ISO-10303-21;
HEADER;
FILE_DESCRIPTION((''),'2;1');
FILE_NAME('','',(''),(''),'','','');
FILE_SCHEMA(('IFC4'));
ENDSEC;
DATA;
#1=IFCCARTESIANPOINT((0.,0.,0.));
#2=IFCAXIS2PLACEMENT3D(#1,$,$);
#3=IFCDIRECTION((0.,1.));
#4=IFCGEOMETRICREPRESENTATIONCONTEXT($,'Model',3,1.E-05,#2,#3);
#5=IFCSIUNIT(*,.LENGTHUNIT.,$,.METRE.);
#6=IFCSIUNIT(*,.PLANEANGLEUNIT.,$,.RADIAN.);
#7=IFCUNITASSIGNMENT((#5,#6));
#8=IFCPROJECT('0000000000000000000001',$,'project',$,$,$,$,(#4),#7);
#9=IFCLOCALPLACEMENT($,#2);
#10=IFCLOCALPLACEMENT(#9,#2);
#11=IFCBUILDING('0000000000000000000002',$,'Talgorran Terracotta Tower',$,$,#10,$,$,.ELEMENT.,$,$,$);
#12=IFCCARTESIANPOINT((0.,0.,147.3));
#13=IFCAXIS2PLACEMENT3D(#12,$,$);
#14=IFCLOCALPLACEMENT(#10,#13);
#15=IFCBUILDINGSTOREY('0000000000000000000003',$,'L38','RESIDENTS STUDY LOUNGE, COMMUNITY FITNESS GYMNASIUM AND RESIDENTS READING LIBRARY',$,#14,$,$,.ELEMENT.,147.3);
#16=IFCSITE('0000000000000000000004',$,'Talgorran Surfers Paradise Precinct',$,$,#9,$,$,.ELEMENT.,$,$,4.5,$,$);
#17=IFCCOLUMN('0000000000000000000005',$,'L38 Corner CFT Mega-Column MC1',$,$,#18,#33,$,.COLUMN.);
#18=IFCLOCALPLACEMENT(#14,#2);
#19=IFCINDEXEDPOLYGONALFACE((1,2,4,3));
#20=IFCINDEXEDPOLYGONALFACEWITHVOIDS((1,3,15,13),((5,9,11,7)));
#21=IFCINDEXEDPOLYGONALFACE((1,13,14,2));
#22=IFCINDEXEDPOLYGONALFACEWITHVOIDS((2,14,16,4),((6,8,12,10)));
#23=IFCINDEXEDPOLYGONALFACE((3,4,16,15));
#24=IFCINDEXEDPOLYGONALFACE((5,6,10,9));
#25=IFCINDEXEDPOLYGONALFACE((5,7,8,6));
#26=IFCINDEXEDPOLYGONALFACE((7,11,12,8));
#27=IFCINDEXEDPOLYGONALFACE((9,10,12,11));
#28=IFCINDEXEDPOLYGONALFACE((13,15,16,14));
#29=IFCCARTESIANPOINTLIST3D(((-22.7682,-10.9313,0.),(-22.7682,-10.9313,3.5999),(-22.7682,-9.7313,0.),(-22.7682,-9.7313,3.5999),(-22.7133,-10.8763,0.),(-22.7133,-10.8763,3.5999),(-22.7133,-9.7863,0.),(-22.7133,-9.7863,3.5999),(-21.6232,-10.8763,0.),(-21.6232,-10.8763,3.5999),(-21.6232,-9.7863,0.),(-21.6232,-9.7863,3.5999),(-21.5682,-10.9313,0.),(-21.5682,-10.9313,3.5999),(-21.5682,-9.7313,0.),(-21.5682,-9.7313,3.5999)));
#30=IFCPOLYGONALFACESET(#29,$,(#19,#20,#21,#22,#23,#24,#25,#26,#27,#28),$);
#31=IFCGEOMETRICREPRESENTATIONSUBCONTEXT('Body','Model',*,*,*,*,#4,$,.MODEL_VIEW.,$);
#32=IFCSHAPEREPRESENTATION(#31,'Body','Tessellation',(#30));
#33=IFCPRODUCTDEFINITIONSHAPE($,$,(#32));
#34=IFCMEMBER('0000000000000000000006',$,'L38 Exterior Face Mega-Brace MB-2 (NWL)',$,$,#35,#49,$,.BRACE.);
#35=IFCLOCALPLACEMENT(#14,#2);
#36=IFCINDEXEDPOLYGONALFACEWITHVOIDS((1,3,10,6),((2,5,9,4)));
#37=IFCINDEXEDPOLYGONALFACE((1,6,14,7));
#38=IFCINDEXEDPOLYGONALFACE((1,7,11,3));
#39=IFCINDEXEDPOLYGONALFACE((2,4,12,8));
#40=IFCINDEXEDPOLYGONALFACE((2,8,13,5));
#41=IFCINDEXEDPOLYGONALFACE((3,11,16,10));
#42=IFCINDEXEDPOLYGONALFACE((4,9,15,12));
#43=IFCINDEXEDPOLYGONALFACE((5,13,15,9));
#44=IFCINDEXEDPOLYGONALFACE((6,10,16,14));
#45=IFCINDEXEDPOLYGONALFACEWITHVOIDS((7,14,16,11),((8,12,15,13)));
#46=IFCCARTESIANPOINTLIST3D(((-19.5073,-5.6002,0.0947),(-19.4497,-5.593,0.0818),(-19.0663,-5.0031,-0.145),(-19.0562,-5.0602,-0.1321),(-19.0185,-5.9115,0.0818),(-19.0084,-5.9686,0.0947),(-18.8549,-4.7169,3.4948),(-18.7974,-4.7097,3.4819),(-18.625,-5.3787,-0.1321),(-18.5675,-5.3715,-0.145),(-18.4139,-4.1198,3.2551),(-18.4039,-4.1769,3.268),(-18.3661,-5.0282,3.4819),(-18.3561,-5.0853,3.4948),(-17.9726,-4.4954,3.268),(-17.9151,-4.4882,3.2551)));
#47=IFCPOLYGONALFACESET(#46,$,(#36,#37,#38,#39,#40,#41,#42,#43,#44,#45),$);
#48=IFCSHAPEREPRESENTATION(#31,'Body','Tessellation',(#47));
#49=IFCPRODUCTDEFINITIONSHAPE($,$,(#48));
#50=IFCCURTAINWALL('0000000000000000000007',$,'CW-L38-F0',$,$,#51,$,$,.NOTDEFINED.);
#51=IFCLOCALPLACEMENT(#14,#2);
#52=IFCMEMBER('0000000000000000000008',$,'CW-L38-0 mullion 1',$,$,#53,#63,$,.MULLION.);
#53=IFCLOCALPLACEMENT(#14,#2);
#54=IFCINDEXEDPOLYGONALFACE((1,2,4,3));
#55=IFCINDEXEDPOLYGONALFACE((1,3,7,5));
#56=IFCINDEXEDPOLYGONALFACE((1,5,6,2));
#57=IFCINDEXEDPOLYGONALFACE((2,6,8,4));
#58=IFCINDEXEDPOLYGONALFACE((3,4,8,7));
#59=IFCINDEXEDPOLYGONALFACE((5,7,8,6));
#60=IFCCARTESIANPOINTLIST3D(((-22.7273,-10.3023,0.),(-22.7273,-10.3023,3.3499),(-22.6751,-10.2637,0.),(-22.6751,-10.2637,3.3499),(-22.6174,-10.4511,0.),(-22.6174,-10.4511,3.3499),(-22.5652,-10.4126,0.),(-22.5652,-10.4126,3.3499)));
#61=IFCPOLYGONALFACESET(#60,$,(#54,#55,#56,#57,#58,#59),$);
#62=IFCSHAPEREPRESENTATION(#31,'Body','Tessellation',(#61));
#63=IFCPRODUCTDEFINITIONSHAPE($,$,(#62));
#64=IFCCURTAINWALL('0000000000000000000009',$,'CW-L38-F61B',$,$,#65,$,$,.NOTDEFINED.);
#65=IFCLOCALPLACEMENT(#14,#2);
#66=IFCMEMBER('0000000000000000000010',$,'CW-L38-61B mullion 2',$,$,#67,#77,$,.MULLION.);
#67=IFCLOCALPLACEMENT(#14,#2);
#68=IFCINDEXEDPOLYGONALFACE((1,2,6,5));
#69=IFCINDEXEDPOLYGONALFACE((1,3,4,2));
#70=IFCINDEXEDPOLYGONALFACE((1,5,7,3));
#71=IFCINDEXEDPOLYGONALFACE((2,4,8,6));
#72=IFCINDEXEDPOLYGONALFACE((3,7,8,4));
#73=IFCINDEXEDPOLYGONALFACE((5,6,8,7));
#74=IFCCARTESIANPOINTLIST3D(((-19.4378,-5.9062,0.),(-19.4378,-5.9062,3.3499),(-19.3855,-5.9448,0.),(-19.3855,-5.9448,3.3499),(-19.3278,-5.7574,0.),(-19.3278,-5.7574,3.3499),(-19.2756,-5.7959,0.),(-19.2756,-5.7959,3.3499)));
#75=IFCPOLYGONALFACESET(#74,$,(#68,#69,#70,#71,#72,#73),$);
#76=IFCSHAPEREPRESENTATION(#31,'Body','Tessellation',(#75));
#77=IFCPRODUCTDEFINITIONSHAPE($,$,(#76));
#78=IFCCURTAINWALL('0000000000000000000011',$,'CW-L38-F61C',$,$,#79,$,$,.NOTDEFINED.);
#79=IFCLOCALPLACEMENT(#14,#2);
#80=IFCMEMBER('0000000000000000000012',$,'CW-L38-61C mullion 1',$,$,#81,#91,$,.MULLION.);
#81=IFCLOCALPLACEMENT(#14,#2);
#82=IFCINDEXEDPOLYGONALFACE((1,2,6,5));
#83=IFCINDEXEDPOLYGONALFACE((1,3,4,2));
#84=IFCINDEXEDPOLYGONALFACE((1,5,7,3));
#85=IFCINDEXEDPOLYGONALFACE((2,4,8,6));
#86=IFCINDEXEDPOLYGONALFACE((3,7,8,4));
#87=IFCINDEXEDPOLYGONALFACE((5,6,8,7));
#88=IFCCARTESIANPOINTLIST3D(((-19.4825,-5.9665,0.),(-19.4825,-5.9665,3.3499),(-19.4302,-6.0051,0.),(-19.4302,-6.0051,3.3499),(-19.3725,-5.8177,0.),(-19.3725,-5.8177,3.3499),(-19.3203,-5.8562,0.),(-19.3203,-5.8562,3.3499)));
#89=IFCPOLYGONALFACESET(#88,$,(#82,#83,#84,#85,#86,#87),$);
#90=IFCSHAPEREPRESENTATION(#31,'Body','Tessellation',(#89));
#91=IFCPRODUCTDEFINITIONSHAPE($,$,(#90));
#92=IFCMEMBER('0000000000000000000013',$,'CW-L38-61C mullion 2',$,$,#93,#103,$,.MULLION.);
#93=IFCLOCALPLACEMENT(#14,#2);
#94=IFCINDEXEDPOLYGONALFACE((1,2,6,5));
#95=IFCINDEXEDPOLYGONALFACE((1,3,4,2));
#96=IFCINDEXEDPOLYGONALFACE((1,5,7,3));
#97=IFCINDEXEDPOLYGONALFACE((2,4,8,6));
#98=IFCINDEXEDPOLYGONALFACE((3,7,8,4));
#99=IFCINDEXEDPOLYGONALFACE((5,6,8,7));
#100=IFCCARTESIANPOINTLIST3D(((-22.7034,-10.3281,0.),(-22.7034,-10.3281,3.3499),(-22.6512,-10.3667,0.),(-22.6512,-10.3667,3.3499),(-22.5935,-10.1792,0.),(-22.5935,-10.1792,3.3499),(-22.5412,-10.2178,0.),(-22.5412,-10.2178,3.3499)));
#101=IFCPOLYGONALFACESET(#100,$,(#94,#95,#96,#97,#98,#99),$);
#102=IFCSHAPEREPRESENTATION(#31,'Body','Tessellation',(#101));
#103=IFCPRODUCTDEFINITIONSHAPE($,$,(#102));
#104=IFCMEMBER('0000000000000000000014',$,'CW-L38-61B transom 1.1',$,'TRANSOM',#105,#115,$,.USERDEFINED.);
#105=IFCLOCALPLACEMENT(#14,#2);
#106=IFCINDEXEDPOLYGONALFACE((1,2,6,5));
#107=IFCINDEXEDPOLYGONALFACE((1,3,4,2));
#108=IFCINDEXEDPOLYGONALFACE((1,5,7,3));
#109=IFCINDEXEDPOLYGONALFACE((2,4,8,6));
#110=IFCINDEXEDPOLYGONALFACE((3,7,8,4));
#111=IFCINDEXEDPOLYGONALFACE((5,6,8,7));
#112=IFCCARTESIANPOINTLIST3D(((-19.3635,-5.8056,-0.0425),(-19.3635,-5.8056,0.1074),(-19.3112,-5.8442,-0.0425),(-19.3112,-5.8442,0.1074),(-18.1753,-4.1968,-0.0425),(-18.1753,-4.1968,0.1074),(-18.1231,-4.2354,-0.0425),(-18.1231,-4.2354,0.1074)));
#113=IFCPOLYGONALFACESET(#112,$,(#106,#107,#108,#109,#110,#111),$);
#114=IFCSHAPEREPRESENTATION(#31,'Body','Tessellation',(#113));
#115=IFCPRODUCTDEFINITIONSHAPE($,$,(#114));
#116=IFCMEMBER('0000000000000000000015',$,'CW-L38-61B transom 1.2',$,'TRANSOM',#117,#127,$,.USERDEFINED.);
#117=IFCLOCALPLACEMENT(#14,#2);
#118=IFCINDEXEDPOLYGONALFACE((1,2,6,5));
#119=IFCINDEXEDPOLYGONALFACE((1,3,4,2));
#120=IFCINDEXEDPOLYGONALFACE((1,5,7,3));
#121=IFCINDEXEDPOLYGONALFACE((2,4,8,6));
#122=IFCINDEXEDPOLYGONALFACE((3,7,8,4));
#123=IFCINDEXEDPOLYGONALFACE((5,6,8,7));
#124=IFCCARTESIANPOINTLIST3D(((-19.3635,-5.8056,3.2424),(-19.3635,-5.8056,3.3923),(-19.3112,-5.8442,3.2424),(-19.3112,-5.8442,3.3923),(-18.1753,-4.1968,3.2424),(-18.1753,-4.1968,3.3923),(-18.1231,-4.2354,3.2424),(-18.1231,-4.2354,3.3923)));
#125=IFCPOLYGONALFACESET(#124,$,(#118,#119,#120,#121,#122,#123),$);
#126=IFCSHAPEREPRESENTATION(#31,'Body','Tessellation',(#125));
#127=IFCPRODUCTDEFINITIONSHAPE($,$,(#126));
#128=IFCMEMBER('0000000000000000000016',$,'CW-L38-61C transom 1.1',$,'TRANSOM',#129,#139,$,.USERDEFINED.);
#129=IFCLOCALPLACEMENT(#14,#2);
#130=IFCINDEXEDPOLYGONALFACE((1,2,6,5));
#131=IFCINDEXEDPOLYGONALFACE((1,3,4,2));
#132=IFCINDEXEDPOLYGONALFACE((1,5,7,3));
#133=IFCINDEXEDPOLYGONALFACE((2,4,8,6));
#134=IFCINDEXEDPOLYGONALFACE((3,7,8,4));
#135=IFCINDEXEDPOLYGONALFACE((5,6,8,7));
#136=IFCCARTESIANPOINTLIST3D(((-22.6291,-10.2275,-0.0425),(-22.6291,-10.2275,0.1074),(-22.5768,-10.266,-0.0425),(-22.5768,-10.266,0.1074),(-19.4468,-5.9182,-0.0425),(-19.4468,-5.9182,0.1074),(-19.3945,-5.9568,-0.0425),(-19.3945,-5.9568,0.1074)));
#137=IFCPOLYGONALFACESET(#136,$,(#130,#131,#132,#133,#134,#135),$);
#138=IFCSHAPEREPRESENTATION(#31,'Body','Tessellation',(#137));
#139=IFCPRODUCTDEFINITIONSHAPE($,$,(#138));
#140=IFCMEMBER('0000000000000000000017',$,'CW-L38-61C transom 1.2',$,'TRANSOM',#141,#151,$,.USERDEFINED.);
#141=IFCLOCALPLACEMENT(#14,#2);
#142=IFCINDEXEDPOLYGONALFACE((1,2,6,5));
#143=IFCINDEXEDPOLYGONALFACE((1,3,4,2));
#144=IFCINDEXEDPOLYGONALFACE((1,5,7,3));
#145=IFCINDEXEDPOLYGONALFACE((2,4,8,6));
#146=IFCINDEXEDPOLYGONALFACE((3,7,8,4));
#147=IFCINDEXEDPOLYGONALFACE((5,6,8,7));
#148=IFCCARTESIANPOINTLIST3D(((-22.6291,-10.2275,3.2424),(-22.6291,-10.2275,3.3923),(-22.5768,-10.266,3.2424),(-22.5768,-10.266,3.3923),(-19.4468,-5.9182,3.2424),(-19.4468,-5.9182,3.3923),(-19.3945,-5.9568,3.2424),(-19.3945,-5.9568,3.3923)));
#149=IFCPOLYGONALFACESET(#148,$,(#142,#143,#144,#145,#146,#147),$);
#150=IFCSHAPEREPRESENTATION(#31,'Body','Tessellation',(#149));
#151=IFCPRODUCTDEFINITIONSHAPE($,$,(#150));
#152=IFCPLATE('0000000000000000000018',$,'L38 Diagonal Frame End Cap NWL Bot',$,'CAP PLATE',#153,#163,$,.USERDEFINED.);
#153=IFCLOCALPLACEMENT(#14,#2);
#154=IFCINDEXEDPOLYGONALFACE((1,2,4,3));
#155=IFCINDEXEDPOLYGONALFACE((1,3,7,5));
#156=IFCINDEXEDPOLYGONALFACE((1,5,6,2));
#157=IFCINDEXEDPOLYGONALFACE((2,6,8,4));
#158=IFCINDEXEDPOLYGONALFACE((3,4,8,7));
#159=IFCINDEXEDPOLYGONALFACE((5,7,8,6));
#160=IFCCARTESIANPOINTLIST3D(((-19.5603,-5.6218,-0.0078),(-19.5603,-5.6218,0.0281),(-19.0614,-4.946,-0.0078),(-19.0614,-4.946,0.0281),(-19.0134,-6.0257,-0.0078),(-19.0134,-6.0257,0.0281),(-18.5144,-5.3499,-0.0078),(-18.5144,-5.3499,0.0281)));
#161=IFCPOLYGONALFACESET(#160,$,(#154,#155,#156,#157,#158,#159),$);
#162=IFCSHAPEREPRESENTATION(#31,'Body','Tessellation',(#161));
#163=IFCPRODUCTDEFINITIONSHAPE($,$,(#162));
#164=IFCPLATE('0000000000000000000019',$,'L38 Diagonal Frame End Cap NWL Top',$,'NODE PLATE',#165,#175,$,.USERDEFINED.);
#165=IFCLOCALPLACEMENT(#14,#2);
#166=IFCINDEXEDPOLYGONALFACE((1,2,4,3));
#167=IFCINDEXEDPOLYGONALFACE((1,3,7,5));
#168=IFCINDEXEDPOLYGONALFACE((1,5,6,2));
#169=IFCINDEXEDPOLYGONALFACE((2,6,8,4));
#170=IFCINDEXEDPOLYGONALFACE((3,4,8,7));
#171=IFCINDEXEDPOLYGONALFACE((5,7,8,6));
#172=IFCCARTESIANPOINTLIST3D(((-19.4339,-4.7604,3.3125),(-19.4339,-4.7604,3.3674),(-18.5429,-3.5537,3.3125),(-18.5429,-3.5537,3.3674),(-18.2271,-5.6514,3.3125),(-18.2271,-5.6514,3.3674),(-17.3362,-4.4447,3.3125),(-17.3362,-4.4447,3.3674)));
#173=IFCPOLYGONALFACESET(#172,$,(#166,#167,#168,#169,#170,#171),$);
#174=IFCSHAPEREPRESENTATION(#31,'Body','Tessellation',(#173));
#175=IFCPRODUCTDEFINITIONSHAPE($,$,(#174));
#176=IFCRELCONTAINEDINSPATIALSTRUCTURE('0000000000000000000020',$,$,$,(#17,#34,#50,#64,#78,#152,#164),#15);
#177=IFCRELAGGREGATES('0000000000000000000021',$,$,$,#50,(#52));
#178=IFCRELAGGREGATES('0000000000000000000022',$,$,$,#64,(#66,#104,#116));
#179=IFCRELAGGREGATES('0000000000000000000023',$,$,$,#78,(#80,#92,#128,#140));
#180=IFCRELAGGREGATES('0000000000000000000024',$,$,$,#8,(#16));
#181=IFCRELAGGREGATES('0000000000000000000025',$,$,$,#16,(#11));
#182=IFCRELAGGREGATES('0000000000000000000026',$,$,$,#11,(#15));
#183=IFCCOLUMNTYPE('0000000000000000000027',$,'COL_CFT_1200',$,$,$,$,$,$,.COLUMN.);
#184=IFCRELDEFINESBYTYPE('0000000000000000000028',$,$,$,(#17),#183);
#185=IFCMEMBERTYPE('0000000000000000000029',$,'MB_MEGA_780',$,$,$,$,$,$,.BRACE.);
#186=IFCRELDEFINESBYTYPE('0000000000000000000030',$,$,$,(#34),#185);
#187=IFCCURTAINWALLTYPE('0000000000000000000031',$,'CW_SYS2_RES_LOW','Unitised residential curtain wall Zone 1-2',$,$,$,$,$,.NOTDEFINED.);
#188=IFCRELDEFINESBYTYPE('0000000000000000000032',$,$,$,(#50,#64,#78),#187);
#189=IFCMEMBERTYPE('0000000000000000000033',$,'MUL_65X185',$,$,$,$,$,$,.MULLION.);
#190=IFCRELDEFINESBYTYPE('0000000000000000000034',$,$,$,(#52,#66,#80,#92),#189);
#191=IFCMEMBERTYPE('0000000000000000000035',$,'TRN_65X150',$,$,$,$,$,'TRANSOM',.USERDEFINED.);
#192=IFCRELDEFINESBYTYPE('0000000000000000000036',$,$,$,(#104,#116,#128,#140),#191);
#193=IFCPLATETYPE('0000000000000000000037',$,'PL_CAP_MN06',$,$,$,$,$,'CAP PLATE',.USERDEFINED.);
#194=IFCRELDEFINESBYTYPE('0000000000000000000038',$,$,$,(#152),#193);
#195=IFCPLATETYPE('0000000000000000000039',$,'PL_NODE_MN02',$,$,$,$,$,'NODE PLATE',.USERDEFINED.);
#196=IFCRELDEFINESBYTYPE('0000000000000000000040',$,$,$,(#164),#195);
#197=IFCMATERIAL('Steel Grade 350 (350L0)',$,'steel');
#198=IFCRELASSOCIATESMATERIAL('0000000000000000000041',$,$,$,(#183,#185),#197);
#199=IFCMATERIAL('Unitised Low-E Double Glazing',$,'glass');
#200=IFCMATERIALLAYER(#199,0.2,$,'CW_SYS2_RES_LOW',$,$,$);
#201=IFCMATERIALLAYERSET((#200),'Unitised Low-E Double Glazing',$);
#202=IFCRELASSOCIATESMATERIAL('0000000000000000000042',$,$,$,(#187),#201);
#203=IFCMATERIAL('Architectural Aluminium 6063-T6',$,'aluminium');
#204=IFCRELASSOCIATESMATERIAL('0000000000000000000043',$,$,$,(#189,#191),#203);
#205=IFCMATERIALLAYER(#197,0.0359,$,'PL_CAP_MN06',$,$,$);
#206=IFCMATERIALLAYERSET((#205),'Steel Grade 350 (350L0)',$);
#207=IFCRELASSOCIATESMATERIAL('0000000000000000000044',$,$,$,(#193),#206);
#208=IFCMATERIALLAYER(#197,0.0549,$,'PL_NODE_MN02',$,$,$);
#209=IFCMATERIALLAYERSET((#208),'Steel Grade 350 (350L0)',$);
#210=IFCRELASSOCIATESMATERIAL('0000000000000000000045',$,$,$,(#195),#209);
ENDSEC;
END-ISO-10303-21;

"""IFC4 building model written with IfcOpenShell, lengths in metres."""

from ifc_helpers import new_model, si_unit, direction, frame, origin, origin_2d, place, context, subcontext, project, spatial, rectangle, hollow_rectangle, extrude, material, layer, layer_set, material_profile, profile_set, type_object, element, aggregate, save


model = new_model("IFC4")

# Units and contexts
model_context = context("Model", 3, precision=1e-05, world=origin(), true_north=direction((0.0, 1.0)))
body_context = subcontext(model_context, "Body", "Model", "MODEL_VIEW")
ifc_project = project(units=[si_unit("LENGTHUNIT", "METRE"), si_unit("PLANEANGLEUNIT", "RADIAN")], contexts=[model_context])

# Site, building, storey
site_placement = place(None, origin())
site = spatial("IfcSite", under=ifc_project, at=site_placement, Name="Talgorran Surfers Paradise Precinct", CompositionType="ELEMENT", RefElevation=4.5)
building_placement = place(site_placement, origin())
building = spatial("IfcBuilding", under=site, at=building_placement, Name="Talgorran Terracotta Tower", CompositionType="ELEMENT")
storey_placement = place(building_placement, frame((0.0, 0.0, 147.3)))
storey = spatial("IfcBuildingStorey", under=building, at=storey_placement, Name="L38", Description="RESIDENTS STUDY LOUNGE, COMMUNITY FITNESS GYMNASIUM AND RESIDENTS READING LIBRARY", CompositionType="ELEMENT", Elevation=147.3)

# Column
ifc_material_1 = material(Name="Steel Grade 350 (350L0)", Category="steel")
ifc_material_profile_1 = material_profile(ifc_material_1, hollow_rectangle(XDim=1.2, YDim=1.2, WallThickness=0.0549, at=origin_2d()), Name="CFT1200X1200X55")
ifc_profile_set_1 = profile_set([ifc_material_profile_1], Name="Steel Grade 350 (350L0)")
column_type = type_object("IfcColumnType", Name="COL_CFT_1200", PredefinedType="COLUMN", material=ifc_profile_set_1)
column_placement = place(storey_placement, frame((-22.1682, -10.3313, 0.0), z_axis=(0.0, 0.0, 1.0), x_axis=(1.0, 0.0, 0.0)))
element("IfcColumn", 1, at=column_placement, inside=storey, type_object=column_type, Name="L38 Corner CFT Mega-Column MC1", PredefinedType="COLUMN", context=body_context, shape_type="SweptSolid", body=[
    extrude(hollow_rectangle(XDim=1.2, YDim=1.2, WallThickness=0.0549, at=origin_2d()), origin(), (0.0, 0.0, 1.0), 3.5999),
])

# Member
ifc_material_profile_2 = material_profile(ifc_material_1, hollow_rectangle(XDim=0.6201, YDim=0.78, WallThickness=0.042, at=origin_2d()), Name="WBOX780X620X42")
ifc_profile_set_2 = profile_set([ifc_material_profile_2], Name="Steel Grade 350 (350L0)")
member_type_1 = type_object("IfcMemberType", Name="MB_MEGA_780", PredefinedType="BRACE", material=ifc_profile_set_2)
member_1_placement = place(storey_placement, frame((-19.0374, -5.4858, -0.0251), z_axis=(0.182573, 0.247211, 0.951606), x_axis=(-0.804407, 0.594078, 0.0)))
element("IfcMember", 2, at=member_1_placement, inside=storey, type_object=member_type_1, Name="L38 Exterior Face Mega-Brace MB-2 (NWL)", PredefinedType="BRACE", context=body_context, shape_type="SweptSolid", body=[
    extrude(hollow_rectangle(XDim=0.6201, YDim=0.78, WallThickness=0.042, at=origin_2d()), origin(), (0.0, 0.0, 1.0), 3.573),
])

# Curtain walls, members
ifc_material_2 = material(Name="Unitised Low-E Double Glazing", Category="glass")
ifc_layer_1 = layer(ifc_material_2, 0.2, Name="CW_SYS2_RES_LOW")
ifc_layer_set_1 = layer_set([ifc_layer_1], Name="Unitised Low-E Double Glazing")
curtain_wall_type = type_object("IfcCurtainWallType", Name="CW_SYS2_RES_LOW", Description="Unitised residential curtain wall Zone 1-2", PredefinedType="NOTDEFINED", material=ifc_layer_set_1)
curtain_wall_1_placement = place(storey_placement, origin())
curtain_wall_1 = element("IfcCurtainWall", 3, at=curtain_wall_1_placement, inside=storey, type_object=curtain_wall_type, Name="CW-L38-F0", PredefinedType="NOTDEFINED")
ifc_material_3 = material(Name="Architectural Aluminium 6063-T6", Category="aluminium")
ifc_material_profile_3 = material_profile(ifc_material_3, rectangle(XDim=0.0649, YDim=0.1851, at=origin_2d()), Name="CWM65X185")
ifc_profile_set_3 = profile_set([ifc_material_profile_3], Name="Architectural Aluminium 6063-T6")
member_type_2 = type_object("IfcMemberType", Name="MUL_65X185", PredefinedType="MULLION", material=ifc_profile_set_3)
member_2_placement = place(storey_placement, frame((-22.6462, -10.3574, 0.0), z_axis=(0.0, 0.0, 1.0), x_axis=(0.804404, 0.594082, 0.0)))
member_2 = element("IfcMember", 4, at=member_2_placement, type_object=member_type_2, Name="CW-L38-0 mullion 1", PredefinedType="MULLION", context=body_context, shape_type="SweptSolid", body=[
    extrude(rectangle(XDim=0.0649, YDim=0.1851, at=origin_2d()), origin(), (0.0, 0.0, 1.0), 3.3499),
])
aggregate(curtain_wall_1, [member_2])
curtain_wall_2_placement = place(storey_placement, origin())
curtain_wall_2 = element("IfcCurtainWall", 5, at=curtain_wall_2_placement, inside=storey, type_object=curtain_wall_type, Name="CW-L38-F61B", PredefinedType="NOTDEFINED")
member_3_placement = place(storey_placement, frame((-19.3567, -5.8511, 0.0), z_axis=(0.0, 0.0, 1.0), x_axis=(0.8044, -0.594087, 0.0)))
member_3 = element("IfcMember", 6, at=member_3_placement, type_object=member_type_2, Name="CW-L38-61B mullion 2", PredefinedType="MULLION", context=body_context, shape_type="SweptSolid", body=[
    extrude(rectangle(XDim=0.0649, YDim=0.1851, at=origin_2d()), origin(), (0.0, 0.0, 1.0), 3.3499),
])

# Curtain wall, members
curtain_wall_3_placement = place(storey_placement, origin())
curtain_wall_3 = element("IfcCurtainWall", 7, at=curtain_wall_3_placement, inside=storey, type_object=curtain_wall_type, Name="CW-L38-F61C", PredefinedType="NOTDEFINED")
member_4_placement = place(storey_placement, frame((-19.4014, -5.9114, 0.0), z_axis=(0.0, 0.0, 1.0), x_axis=(0.804411, -0.594073, 0.0)))
member_4 = element("IfcMember", 8, at=member_4_placement, type_object=member_type_2, Name="CW-L38-61C mullion 1", PredefinedType="MULLION", context=body_context, shape_type="SweptSolid", body=[
    extrude(rectangle(XDim=0.0649, YDim=0.1851, at=origin_2d()), origin(), (0.0, 0.0, 1.0), 3.3499),
])
member_5_placement = place(storey_placement, frame((-22.6223, -10.2729, 0.0), z_axis=(0.0, 0.0, 1.0), x_axis=(0.804411, -0.594073, 0.0)))
member_5 = element("IfcMember", 9, at=member_5_placement, type_object=member_type_2, Name="CW-L38-61C mullion 2", PredefinedType="MULLION", context=body_context, shape_type="SweptSolid", body=[
    extrude(rectangle(XDim=0.0649, YDim=0.1851, at=origin_2d()), origin(), (0.0, 0.0, 1.0), 3.3499),
])

# Members
ifc_material_profile_4 = material_profile(ifc_material_3, rectangle(XDim=0.0649, YDim=0.1499, at=origin_2d()), Name="CWT65X150")
ifc_profile_set_4 = profile_set([ifc_material_profile_4], Name="Architectural Aluminium 6063-T6")
member_type_3 = type_object("IfcMemberType", Name="TRN_65X150", ElementType="TRANSOM", PredefinedType="USERDEFINED", material=ifc_profile_set_4)
member_6_placement = place(storey_placement, frame((-18.1492, -4.2161, 0.0325), z_axis=(-0.594086, -0.804402, 0.0), x_axis=(0.804402, -0.594086, 0.0)))
member_6 = element("IfcMember", 10, at=member_6_placement, type_object=member_type_3, Name="CW-L38-61B transom 1.1", ObjectType="TRANSOM", PredefinedType="USERDEFINED", context=body_context, shape_type="SweptSolid", body=[
    extrude(rectangle(XDim=0.0649, YDim=0.1499, at=origin_2d()), origin(), (0.0, 0.0, 1.0), 2.0),
])
member_7_placement = place(storey_placement, frame((-18.1492, -4.2161, 3.3174), z_axis=(-0.594086, -0.804402, 0.0), x_axis=(0.804402, -0.594086, 0.0)))
member_7 = element("IfcMember", 11, at=member_7_placement, type_object=member_type_3, Name="CW-L38-61B transom 1.2", ObjectType="TRANSOM", PredefinedType="USERDEFINED", context=body_context, shape_type="SweptSolid", body=[
    extrude(rectangle(XDim=0.0649, YDim=0.1499, at=origin_2d()), origin(), (0.0, 0.0, 1.0), 2.0),
])
member_8_placement = place(storey_placement, frame((-19.4207, -5.9375, 0.0325), z_axis=(-0.594055, -0.804424, 0.0), x_axis=(0.804424, -0.594055, 0.0)))
member_8 = element("IfcMember", 12, at=member_8_placement, type_object=member_type_3, Name="CW-L38-61C transom 1.1", ObjectType="TRANSOM", PredefinedType="USERDEFINED", context=body_context, shape_type="SweptSolid", body=[
    extrude(rectangle(XDim=0.0649, YDim=0.1499, at=origin_2d()), origin(), (0.0, 0.0, 1.0), 5.3569),
])
member_9_placement = place(storey_placement, frame((-19.4207, -5.9375, 3.3174), z_axis=(-0.594055, -0.804424, 0.0), x_axis=(0.804424, -0.594055, 0.0)))
member_9 = element("IfcMember", 13, at=member_9_placement, type_object=member_type_3, Name="CW-L38-61C transom 1.2", ObjectType="TRANSOM", PredefinedType="USERDEFINED", context=body_context, shape_type="SweptSolid", body=[
    extrude(rectangle(XDim=0.0649, YDim=0.1499, at=origin_2d()), origin(), (0.0, 0.0, 1.0), 5.3569),
])

# Plates
ifc_layer_2 = layer(ifc_material_1, 0.0359, Name="PL_CAP_MN06")
ifc_layer_set_2 = layer_set([ifc_layer_2], Name="Steel Grade 350 (350L0)")
plate_type_1 = type_object("IfcPlateType", Name="PL_CAP_MN06", ElementType="CAP PLATE", PredefinedType="USERDEFINED", material=ifc_layer_set_2)
plate_1_placement = place(storey_placement, frame((-19.0374, -5.4858, -0.0078), z_axis=(0.0, 0.0, 1.0), x_axis=(0.593981, 0.804479, 0.0)))
element("IfcPlate", 14, at=plate_1_placement, inside=storey, type_object=plate_type_1, Name="L38 Diagonal Frame End Cap NWL Bot", ObjectType="CAP PLATE", PredefinedType="USERDEFINED", context=body_context, shape_type="SweptSolid", body=[
    extrude(rectangle(XDim=0.8401, YDim=0.6799, at=origin_2d()), origin(), (0.0, 0.0, 1.0), 0.0359),
])
ifc_layer_3 = layer(ifc_material_1, 0.0549, Name="PL_NODE_MN02")
ifc_layer_set_3 = layer_set([ifc_layer_3], Name="Steel Grade 350 (350L0)")
plate_type_2 = type_object("IfcPlateType", Name="PL_NODE_MN02", ElementType="NODE PLATE", PredefinedType="USERDEFINED", material=ifc_layer_set_3)
plate_2_placement = place(storey_placement, frame((-18.385, -4.6025, 3.3125), z_axis=(0.0, 0.0, 1.0), x_axis=(0.593981, 0.804479, 0.0)))
element("IfcPlate", 15, at=plate_2_placement, inside=storey, type_object=plate_type_2, Name="L38 Diagonal Frame End Cap NWL Top", ObjectType="NODE PLATE", PredefinedType="USERDEFINED", context=body_context, shape_type="SweptSolid", body=[
    extrude(rectangle(XDim=1.5, YDim=1.5, at=origin_2d()), origin(), (0.0, 0.0, 1.0), 0.0549),
])

aggregate(curtain_wall_2, [member_3, member_6, member_7])
aggregate(curtain_wall_3, [member_4, member_5, member_8, member_9])

save(model, "model.ifc")
